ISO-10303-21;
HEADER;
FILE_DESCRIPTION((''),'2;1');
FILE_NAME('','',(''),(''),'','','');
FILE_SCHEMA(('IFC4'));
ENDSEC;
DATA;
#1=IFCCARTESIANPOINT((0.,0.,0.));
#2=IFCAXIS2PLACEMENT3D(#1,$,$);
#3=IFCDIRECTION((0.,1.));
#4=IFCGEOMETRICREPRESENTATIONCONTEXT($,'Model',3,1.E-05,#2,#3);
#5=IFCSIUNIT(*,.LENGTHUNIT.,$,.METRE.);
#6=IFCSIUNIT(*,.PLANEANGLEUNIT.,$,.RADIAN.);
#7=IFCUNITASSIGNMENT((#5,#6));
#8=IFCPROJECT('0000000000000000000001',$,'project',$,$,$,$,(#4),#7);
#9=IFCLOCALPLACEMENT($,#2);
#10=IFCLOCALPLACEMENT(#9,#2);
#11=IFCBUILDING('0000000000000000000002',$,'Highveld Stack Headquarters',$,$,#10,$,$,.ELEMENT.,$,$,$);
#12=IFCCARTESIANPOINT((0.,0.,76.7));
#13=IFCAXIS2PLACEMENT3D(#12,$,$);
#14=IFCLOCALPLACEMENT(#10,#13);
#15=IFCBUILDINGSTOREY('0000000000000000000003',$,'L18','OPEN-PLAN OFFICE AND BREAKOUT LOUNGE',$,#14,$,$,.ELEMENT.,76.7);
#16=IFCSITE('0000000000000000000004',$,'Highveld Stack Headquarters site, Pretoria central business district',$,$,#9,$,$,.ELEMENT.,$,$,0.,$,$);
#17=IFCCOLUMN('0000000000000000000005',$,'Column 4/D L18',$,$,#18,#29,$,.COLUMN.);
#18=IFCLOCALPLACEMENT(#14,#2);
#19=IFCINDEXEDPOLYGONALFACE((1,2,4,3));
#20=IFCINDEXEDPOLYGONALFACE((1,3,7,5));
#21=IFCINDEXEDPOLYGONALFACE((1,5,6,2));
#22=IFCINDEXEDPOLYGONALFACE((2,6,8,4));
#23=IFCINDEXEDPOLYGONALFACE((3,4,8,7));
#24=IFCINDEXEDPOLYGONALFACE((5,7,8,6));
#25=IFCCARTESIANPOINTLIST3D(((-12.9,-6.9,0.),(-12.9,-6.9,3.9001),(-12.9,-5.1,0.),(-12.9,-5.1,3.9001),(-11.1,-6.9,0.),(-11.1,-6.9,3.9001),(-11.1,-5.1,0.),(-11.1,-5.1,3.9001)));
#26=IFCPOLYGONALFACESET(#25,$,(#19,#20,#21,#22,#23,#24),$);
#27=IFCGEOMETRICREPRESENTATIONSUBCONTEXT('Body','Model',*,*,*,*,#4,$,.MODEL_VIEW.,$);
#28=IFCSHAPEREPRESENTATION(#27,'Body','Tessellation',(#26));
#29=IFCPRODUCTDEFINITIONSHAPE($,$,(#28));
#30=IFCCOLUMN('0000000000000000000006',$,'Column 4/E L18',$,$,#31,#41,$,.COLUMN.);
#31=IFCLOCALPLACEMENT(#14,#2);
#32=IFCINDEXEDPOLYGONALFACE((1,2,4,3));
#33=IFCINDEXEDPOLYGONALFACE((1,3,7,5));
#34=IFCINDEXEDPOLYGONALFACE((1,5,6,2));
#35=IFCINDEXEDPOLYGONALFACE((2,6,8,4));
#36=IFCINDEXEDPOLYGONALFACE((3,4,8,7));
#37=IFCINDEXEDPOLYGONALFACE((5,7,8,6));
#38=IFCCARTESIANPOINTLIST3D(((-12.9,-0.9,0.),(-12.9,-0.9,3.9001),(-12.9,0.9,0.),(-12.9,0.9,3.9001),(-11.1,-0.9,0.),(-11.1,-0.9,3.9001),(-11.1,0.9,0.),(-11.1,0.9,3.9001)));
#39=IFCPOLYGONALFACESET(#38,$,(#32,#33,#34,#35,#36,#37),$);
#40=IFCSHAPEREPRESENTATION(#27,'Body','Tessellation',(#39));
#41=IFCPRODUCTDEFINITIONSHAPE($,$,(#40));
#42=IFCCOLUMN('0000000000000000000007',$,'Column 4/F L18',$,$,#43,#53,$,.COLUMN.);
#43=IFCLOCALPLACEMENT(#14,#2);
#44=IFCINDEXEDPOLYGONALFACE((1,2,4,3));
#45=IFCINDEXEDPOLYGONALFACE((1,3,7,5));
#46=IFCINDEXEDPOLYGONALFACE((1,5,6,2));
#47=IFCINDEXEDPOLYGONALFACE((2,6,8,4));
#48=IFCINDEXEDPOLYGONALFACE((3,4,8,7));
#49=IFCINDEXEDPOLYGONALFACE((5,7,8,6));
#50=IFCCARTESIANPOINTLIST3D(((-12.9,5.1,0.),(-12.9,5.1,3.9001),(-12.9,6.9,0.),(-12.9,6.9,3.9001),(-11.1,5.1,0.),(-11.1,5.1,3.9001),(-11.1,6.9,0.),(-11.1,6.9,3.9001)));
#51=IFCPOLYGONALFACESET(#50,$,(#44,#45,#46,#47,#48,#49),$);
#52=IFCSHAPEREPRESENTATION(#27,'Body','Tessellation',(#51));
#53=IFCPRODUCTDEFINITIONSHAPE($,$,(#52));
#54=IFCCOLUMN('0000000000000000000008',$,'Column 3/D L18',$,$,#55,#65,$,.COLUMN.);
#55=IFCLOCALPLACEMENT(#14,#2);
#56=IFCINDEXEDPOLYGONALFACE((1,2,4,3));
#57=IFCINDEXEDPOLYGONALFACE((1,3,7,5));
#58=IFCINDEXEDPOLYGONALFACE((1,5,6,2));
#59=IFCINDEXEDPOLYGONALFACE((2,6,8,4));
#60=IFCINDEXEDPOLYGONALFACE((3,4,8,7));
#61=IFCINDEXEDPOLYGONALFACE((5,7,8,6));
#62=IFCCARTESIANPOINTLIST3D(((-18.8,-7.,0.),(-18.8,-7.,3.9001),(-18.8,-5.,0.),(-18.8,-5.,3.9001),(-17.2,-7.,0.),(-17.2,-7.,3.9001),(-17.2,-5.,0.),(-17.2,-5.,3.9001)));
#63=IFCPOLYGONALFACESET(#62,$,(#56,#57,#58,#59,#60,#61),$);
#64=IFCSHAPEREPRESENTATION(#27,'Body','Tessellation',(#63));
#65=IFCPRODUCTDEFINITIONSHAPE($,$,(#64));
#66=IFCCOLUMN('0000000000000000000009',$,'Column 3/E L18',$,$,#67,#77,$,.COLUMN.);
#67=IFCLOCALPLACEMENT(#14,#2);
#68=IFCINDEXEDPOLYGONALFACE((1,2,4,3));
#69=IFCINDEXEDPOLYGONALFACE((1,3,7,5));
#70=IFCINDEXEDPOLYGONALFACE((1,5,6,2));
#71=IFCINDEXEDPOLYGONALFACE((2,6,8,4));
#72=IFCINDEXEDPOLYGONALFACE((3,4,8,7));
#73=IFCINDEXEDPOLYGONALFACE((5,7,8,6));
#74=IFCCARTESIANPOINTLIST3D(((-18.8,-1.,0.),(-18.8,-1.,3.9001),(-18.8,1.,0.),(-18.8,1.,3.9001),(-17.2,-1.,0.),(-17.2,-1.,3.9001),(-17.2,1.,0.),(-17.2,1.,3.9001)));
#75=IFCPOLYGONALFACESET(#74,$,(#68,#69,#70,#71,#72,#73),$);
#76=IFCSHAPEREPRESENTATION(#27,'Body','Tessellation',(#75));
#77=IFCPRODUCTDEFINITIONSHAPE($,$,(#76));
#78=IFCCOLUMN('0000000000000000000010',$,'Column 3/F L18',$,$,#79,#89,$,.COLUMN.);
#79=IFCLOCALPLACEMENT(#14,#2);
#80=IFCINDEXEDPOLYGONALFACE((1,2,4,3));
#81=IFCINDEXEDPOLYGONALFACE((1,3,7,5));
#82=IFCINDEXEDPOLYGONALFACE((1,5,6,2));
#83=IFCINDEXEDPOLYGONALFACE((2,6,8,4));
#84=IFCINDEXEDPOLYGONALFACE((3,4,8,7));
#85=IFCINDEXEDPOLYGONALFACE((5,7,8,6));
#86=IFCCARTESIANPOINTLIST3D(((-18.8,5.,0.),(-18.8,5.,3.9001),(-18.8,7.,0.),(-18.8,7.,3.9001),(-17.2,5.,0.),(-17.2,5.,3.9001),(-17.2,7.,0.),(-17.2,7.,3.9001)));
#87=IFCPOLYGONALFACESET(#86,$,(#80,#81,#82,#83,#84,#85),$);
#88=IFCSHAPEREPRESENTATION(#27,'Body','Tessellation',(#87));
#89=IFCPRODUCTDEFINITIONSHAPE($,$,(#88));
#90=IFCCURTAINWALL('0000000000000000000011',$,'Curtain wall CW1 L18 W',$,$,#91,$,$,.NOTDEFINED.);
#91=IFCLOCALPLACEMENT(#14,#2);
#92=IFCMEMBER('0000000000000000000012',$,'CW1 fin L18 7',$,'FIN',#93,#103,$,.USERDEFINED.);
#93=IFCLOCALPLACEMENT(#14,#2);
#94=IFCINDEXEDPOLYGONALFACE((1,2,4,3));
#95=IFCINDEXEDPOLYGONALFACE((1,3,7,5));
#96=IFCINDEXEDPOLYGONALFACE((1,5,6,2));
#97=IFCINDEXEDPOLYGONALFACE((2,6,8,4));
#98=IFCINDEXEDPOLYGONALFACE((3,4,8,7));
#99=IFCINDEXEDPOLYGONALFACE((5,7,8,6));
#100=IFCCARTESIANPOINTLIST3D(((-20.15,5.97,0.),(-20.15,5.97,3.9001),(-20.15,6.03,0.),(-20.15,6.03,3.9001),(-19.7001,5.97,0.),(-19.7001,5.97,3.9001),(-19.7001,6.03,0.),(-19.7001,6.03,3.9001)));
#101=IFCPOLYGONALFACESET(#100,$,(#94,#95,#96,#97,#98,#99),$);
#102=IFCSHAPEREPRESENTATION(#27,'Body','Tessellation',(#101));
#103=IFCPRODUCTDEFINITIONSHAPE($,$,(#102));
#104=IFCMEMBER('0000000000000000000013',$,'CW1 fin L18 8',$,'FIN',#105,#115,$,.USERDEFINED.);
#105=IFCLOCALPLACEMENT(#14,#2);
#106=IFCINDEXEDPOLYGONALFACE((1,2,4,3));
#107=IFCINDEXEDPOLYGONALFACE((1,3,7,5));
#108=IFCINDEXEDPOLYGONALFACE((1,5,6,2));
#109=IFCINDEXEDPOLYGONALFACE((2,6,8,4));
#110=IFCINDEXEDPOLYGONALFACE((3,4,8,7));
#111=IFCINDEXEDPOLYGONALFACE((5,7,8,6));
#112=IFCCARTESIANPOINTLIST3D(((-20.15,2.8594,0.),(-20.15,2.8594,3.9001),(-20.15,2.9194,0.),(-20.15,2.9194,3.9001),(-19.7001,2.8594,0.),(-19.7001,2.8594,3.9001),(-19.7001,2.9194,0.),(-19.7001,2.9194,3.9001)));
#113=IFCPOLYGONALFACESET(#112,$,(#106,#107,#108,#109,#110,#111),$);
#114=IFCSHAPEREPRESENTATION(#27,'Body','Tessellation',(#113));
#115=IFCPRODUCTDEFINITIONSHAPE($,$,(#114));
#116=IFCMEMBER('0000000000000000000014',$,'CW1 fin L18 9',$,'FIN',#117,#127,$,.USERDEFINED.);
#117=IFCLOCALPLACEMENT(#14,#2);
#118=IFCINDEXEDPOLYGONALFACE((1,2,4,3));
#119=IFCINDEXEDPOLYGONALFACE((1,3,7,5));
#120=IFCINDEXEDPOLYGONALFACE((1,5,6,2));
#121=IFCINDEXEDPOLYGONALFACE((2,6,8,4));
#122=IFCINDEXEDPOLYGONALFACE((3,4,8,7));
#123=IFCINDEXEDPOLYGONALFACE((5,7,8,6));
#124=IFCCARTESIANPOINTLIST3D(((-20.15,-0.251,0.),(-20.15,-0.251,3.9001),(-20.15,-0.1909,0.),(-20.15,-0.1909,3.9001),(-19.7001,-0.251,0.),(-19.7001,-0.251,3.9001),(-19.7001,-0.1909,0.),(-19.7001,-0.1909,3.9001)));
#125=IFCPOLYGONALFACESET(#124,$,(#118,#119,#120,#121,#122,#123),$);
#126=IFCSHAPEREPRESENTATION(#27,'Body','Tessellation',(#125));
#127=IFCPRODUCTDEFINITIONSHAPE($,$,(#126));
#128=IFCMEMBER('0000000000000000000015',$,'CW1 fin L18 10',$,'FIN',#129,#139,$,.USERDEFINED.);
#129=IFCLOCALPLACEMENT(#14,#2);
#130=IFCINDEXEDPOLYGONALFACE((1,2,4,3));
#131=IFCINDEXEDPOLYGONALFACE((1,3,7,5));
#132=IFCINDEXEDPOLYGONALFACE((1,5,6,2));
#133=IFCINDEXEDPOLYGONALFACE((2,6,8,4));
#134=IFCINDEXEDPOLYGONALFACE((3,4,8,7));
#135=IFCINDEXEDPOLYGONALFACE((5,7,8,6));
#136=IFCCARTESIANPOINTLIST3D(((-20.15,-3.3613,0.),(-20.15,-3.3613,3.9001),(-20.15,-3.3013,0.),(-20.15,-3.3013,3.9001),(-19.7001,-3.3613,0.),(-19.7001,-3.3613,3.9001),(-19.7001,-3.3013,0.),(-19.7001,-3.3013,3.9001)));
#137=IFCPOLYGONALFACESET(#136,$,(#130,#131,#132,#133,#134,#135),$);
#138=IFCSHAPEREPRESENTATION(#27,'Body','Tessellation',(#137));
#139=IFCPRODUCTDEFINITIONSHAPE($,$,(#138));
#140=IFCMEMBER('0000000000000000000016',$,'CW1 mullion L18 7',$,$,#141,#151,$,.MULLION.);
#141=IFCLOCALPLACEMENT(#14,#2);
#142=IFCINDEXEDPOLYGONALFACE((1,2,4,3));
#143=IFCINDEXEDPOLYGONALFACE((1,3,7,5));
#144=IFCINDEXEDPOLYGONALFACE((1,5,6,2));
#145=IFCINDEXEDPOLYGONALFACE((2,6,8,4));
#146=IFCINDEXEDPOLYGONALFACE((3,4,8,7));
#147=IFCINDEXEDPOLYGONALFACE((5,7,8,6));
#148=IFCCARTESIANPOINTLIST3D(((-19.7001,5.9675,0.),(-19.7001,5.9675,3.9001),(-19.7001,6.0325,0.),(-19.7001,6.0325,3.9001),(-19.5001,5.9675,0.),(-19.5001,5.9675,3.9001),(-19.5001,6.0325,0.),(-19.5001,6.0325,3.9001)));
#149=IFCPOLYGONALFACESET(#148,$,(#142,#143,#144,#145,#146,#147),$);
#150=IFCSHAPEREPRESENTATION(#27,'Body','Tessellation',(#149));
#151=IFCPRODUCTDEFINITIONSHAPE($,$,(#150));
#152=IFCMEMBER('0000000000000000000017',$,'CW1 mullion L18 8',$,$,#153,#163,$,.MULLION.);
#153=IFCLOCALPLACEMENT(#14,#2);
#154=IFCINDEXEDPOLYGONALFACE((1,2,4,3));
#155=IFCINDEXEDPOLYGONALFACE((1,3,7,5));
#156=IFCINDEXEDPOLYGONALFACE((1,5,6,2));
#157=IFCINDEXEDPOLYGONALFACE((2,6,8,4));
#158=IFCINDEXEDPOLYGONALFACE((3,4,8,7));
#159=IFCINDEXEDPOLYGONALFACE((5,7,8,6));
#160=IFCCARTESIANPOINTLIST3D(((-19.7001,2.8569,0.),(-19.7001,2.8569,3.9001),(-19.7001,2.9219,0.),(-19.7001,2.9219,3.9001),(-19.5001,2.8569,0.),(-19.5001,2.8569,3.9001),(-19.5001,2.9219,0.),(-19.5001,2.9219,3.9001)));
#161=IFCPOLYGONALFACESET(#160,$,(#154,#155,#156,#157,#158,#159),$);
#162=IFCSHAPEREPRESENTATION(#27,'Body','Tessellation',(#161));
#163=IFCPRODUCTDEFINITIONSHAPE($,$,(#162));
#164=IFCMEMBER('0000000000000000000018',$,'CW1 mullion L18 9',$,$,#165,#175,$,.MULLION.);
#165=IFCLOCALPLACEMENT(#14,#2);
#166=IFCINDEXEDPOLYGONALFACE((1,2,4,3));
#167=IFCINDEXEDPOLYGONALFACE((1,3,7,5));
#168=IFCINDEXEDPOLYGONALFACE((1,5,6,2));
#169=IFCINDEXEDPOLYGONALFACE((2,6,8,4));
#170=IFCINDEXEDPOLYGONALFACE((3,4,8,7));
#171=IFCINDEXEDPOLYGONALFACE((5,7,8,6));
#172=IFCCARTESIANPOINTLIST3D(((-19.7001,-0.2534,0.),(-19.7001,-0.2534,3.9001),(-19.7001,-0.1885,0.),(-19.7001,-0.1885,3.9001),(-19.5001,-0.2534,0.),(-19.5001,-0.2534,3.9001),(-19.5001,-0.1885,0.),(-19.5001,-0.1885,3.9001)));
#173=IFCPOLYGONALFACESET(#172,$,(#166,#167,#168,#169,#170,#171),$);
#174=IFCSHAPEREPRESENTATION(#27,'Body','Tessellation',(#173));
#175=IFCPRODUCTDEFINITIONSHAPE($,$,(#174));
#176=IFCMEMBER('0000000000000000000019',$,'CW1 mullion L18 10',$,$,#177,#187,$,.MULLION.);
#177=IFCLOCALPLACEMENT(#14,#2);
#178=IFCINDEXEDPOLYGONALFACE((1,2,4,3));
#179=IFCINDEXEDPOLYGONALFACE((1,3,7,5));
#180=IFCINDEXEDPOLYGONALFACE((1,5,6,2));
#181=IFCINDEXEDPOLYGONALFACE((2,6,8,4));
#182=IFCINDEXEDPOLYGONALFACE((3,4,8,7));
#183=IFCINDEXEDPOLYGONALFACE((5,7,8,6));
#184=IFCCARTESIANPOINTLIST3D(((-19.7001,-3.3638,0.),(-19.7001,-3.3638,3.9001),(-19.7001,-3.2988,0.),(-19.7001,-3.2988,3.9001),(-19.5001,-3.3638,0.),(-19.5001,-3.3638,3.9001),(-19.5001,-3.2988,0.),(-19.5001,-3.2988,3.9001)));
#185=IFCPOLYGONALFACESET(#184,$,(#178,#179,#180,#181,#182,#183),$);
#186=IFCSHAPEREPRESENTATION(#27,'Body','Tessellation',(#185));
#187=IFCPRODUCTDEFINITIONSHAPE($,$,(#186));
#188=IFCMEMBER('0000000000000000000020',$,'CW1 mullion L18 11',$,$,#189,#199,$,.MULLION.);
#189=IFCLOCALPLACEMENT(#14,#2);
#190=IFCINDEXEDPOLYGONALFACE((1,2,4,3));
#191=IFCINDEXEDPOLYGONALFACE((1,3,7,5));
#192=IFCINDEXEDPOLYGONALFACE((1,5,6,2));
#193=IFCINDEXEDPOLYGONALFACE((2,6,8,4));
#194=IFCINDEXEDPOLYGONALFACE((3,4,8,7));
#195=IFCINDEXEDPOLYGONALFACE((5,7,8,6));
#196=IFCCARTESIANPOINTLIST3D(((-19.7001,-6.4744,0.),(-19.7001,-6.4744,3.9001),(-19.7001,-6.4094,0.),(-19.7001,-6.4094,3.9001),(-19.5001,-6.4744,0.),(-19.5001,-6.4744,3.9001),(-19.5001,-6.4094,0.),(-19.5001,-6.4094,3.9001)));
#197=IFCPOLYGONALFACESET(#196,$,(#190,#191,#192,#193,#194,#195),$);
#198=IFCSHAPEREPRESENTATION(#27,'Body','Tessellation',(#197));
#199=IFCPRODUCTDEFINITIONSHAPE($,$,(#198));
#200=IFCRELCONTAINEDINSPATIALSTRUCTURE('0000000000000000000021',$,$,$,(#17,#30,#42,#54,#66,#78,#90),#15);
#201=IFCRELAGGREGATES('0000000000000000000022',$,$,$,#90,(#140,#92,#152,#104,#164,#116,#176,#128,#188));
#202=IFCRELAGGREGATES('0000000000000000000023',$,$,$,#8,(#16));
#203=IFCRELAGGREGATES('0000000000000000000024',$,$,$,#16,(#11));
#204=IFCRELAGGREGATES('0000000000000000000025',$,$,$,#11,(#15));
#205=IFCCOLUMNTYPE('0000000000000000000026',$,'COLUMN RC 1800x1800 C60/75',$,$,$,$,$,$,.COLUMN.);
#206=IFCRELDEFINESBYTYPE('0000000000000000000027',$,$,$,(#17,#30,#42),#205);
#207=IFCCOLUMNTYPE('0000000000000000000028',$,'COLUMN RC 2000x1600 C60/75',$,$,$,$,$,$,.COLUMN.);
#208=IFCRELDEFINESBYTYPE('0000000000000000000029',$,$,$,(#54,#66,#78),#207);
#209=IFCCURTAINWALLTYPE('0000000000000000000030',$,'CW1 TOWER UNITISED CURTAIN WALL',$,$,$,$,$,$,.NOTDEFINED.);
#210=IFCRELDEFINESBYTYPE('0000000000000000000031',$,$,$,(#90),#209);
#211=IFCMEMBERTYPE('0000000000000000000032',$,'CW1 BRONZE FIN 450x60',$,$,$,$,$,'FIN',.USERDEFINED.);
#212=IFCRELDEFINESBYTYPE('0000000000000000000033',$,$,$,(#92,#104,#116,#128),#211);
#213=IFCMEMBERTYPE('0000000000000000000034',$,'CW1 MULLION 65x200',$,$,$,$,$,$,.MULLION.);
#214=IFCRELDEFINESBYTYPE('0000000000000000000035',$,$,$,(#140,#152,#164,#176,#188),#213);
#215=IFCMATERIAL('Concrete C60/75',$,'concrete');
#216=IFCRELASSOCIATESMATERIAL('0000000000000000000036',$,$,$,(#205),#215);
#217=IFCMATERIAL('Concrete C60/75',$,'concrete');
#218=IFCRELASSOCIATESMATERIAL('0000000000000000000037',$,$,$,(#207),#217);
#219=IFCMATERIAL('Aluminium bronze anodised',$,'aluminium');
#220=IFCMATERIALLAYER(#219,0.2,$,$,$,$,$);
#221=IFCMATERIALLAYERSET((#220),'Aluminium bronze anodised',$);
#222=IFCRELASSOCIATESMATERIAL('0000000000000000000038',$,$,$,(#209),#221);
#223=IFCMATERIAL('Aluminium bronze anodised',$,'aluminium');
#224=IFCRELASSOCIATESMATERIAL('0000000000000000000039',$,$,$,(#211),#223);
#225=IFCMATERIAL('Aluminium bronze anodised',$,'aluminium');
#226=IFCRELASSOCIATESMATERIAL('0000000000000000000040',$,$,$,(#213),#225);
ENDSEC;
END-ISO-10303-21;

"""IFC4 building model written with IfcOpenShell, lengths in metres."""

from ifc_helpers import new_model, si_unit, direction, frame, origin, origin_2d, place, context, subcontext, project, spatial, rectangle, extrude, material, layer, layer_set, material_profile, profile_set, type_object, element, aggregate, save


model = new_model("IFC4")

# Units and contexts
model_context = context("Model", 3, precision=1e-05, world=origin(), true_north=direction((0.0, 1.0)))
body_context = subcontext(model_context, "Body", "Model", "MODEL_VIEW")
ifc_project = project(units=[si_unit("LENGTHUNIT", "METRE"), si_unit("PLANEANGLEUNIT", "RADIAN")], contexts=[model_context])

# Site, building, storey
site_placement = place(None, origin())
site = spatial("IfcSite", under=ifc_project, at=site_placement, Name="Highveld Stack Headquarters site, Pretoria central business district", CompositionType="ELEMENT", RefElevation=0.0)
building_placement = place(site_placement, origin())
building = spatial("IfcBuilding", under=site, at=building_placement, Name="Highveld Stack Headquarters", CompositionType="ELEMENT")
storey_placement = place(building_placement, frame((0.0, 0.0, 76.7)))
storey = spatial("IfcBuildingStorey", under=building, at=storey_placement, Name="L18", Description="OPEN-PLAN OFFICE AND BREAKOUT LOUNGE", CompositionType="ELEMENT", Elevation=76.7)

# Columns
ifc_material_1 = material(Name="Concrete C60/75", Category="concrete")
ifc_material_profile_1 = material_profile(ifc_material_1, rectangle(XDim=1.8, YDim=1.8, at=origin_2d()), Name="RC 1800x1800")
ifc_profile_set_1 = profile_set([ifc_material_profile_1], Name="Concrete C60/75")
column_type_1 = type_object("IfcColumnType", Name="COLUMN RC 1800x1800 C60/75", PredefinedType="COLUMN", material=ifc_profile_set_1)
for number, where, z_axis, x_axis, name in (
    (1, (-12.0, -6.0, 0.0), (0.0, 0.0, 1.0), (1.0, 0.0, 0.0), "Column 4/D L18"),
    (2, (-12.0, 0.0, 0.0), (0.0, 0.0, 1.0), (1.0, 0.0, 0.0), "Column 4/E L18"),
    (3, (-12.0, 6.0, 0.0), (0.0, 0.0, 1.0), (1.0, 0.0, 0.0), "Column 4/F L18"),
):
    element("IfcColumn", number, at=place(storey_placement, frame(where, z_axis=z_axis, x_axis=x_axis)), inside=storey, type_object=column_type_1, Name=name, PredefinedType="COLUMN", context=body_context, shape_type="SweptSolid", body=[
        extrude(rectangle(XDim=1.8, YDim=1.8, at=origin_2d()), origin(), (0.0, 0.0, 1.0), 3.9001),
    ])
ifc_material_2 = material(Name="Concrete C60/75", Category="concrete")
ifc_material_profile_2 = material_profile(ifc_material_2, rectangle(XDim=2.0, YDim=1.6001, at=origin_2d()), Name="RC 2000x1600")
ifc_profile_set_2 = profile_set([ifc_material_profile_2], Name="Concrete C60/75")
column_type_2 = type_object("IfcColumnType", Name="COLUMN RC 2000x1600 C60/75", PredefinedType="COLUMN", material=ifc_profile_set_2)
for number, where, z_axis, x_axis, name in (
    (4, (-18.0, -6.0, 0.0), (0.0, 0.0, 1.0), (0.0, 1.0, 0.0), "Column 3/D L18"),
    (5, (-18.0, 0.0, 0.0), (0.0, 0.0, 1.0), (0.0, 1.0, 0.0), "Column 3/E L18"),
    (6, (-18.0, 6.0, 0.0), (0.0, 0.0, 1.0), (0.0, 1.0, 0.0), "Column 3/F L18"),
):
    element("IfcColumn", number, at=place(storey_placement, frame(where, z_axis=z_axis, x_axis=x_axis)), inside=storey, type_object=column_type_2, Name=name, PredefinedType="COLUMN", context=body_context, shape_type="SweptSolid", body=[
        extrude(rectangle(XDim=2.0, YDim=1.6001, at=origin_2d()), origin(), (0.0, 0.0, 1.0), 3.9001),
    ])

# Curtain wall, members
ifc_material_3 = material(Name="Aluminium bronze anodised", Category="aluminium")
ifc_layer_1 = layer(ifc_material_3, 0.2)
ifc_layer_set_1 = layer_set([ifc_layer_1], Name="Aluminium bronze anodised")
curtain_wall_type = type_object("IfcCurtainWallType", Name="CW1 TOWER UNITISED CURTAIN WALL", PredefinedType="NOTDEFINED", material=ifc_layer_set_1)
curtain_wall_placement = place(storey_placement, origin())
curtain_wall = element("IfcCurtainWall", 7, at=curtain_wall_placement, inside=storey, type_object=curtain_wall_type, Name="Curtain wall CW1 L18 W", PredefinedType="NOTDEFINED")
ifc_material_4 = material(Name="Aluminium bronze anodised", Category="aluminium")
ifc_material_profile_3 = material_profile(ifc_material_4, rectangle(XDim=0.45, YDim=0.0601, at=origin_2d()), Name="FIN 450x60")
ifc_profile_set_3 = profile_set([ifc_material_profile_3], Name="Aluminium bronze anodised")
member_type_1 = type_object("IfcMemberType", Name="CW1 BRONZE FIN 450x60", ElementType="FIN", PredefinedType="USERDEFINED", material=ifc_profile_set_3)
member_1_placement = place(storey_placement, frame((-19.925, 6.0, 0.0), z_axis=(0.0, 0.0, 1.0), x_axis=(1.0, 0.0, 0.0)))
member_1 = element("IfcMember", 8, at=member_1_placement, type_object=member_type_1, Name="CW1 fin L18 7", ObjectType="FIN", PredefinedType="USERDEFINED", context=body_context, shape_type="SweptSolid", body=[
    extrude(rectangle(XDim=0.45, YDim=0.0601, at=origin_2d()), origin(), (0.0, 0.0, 1.0), 3.9001),
])
member_2_placement = place(storey_placement, frame((-19.925, 2.8894, 0.0), z_axis=(0.0, 0.0, 1.0), x_axis=(1.0, 0.0, 0.0)))
member_2 = element("IfcMember", 9, at=member_2_placement, type_object=member_type_1, Name="CW1 fin L18 8", ObjectType="FIN", PredefinedType="USERDEFINED", context=body_context, shape_type="SweptSolid", body=[
    extrude(rectangle(XDim=0.45, YDim=0.0601, at=origin_2d()), origin(), (0.0, 0.0, 1.0), 3.9001),
])
member_3_placement = place(storey_placement, frame((-19.925, -0.2209, 0.0), z_axis=(0.0, 0.0, 1.0), x_axis=(1.0, 0.0, 0.0)))
member_3 = element("IfcMember", 10, at=member_3_placement, type_object=member_type_1, Name="CW1 fin L18 9", ObjectType="FIN", PredefinedType="USERDEFINED", context=body_context, shape_type="SweptSolid", body=[
    extrude(rectangle(XDim=0.45, YDim=0.0601, at=origin_2d()), origin(), (0.0, 0.0, 1.0), 3.9001),
])
member_4_placement = place(storey_placement, frame((-19.925, -3.3313, 0.0), z_axis=(0.0, 0.0, 1.0), x_axis=(1.0, 0.0, 0.0)))
member_4 = element("IfcMember", 11, at=member_4_placement, type_object=member_type_1, Name="CW1 fin L18 10", ObjectType="FIN", PredefinedType="USERDEFINED", context=body_context, shape_type="SweptSolid", body=[
    extrude(rectangle(XDim=0.45, YDim=0.0601, at=origin_2d()), origin(), (0.0, 0.0, 1.0), 3.9001),
])
ifc_material_5 = material(Name="Aluminium bronze anodised", Category="aluminium")
ifc_material_profile_4 = material_profile(ifc_material_5, rectangle(XDim=0.2, YDim=0.0649, at=origin_2d()), Name="CW1 MULLION 65x200")
ifc_profile_set_4 = profile_set([ifc_material_profile_4], Name="Aluminium bronze anodised")
member_type_2 = type_object("IfcMemberType", Name="CW1 MULLION 65x200", PredefinedType="MULLION", material=ifc_profile_set_4)
member_5_placement = place(storey_placement, frame((-19.6001, 6.0, 0.0), z_axis=(0.0, 0.0, 1.0), x_axis=(1.0, 0.0, 0.0)))
member_5 = element("IfcMember", 12, at=member_5_placement, type_object=member_type_2, Name="CW1 mullion L18 7", PredefinedType="MULLION", context=body_context, shape_type="SweptSolid", body=[
    extrude(rectangle(XDim=0.2, YDim=0.0649, at=origin_2d()), origin(), (0.0, 0.0, 1.0), 3.9001),
])
member_6_placement = place(storey_placement, frame((-19.6001, 2.8894, 0.0), z_axis=(0.0, 0.0, 1.0), x_axis=(1.0, 0.0, 0.0)))
member_6 = element("IfcMember", 13, at=member_6_placement, type_object=member_type_2, Name="CW1 mullion L18 8", PredefinedType="MULLION", context=body_context, shape_type="SweptSolid", body=[
    extrude(rectangle(XDim=0.2, YDim=0.0649, at=origin_2d()), origin(), (0.0, 0.0, 1.0), 3.9001),
])
member_7_placement = place(storey_placement, frame((-19.6001, -0.2209, 0.0), z_axis=(0.0, 0.0, 1.0), x_axis=(1.0, 0.0, 0.0)))
member_7 = element("IfcMember", 14, at=member_7_placement, type_object=member_type_2, Name="CW1 mullion L18 9", PredefinedType="MULLION", context=body_context, shape_type="SweptSolid", body=[
    extrude(rectangle(XDim=0.2, YDim=0.0649, at=origin_2d()), origin(), (0.0, 0.0, 1.0), 3.9001),
])
member_8_placement = place(storey_placement, frame((-19.6001, -3.3313, 0.0), z_axis=(0.0, 0.0, 1.0), x_axis=(1.0, 0.0, 0.0)))
member_8 = element("IfcMember", 15, at=member_8_placement, type_object=member_type_2, Name="CW1 mullion L18 10", PredefinedType="MULLION", context=body_context, shape_type="SweptSolid", body=[
    extrude(rectangle(XDim=0.2, YDim=0.0649, at=origin_2d()), origin(), (0.0, 0.0, 1.0), 3.9001),
])
member_9_placement = place(storey_placement, frame((-19.6001, -6.4419, 0.0), z_axis=(0.0, 0.0, 1.0), x_axis=(1.0, 0.0, 0.0)))
member_9 = element("IfcMember", 16, at=member_9_placement, type_object=member_type_2, Name="CW1 mullion L18 11", PredefinedType="MULLION", context=body_context, shape_type="SweptSolid", body=[
    extrude(rectangle(XDim=0.2, YDim=0.0649, at=origin_2d()), origin(), (0.0, 0.0, 1.0), 3.9001),
])
aggregate(curtain_wall, [member_5, member_1, member_6, member_2, member_7, member_3, member_8, member_4, member_9])

save(model, "model.ifc")
